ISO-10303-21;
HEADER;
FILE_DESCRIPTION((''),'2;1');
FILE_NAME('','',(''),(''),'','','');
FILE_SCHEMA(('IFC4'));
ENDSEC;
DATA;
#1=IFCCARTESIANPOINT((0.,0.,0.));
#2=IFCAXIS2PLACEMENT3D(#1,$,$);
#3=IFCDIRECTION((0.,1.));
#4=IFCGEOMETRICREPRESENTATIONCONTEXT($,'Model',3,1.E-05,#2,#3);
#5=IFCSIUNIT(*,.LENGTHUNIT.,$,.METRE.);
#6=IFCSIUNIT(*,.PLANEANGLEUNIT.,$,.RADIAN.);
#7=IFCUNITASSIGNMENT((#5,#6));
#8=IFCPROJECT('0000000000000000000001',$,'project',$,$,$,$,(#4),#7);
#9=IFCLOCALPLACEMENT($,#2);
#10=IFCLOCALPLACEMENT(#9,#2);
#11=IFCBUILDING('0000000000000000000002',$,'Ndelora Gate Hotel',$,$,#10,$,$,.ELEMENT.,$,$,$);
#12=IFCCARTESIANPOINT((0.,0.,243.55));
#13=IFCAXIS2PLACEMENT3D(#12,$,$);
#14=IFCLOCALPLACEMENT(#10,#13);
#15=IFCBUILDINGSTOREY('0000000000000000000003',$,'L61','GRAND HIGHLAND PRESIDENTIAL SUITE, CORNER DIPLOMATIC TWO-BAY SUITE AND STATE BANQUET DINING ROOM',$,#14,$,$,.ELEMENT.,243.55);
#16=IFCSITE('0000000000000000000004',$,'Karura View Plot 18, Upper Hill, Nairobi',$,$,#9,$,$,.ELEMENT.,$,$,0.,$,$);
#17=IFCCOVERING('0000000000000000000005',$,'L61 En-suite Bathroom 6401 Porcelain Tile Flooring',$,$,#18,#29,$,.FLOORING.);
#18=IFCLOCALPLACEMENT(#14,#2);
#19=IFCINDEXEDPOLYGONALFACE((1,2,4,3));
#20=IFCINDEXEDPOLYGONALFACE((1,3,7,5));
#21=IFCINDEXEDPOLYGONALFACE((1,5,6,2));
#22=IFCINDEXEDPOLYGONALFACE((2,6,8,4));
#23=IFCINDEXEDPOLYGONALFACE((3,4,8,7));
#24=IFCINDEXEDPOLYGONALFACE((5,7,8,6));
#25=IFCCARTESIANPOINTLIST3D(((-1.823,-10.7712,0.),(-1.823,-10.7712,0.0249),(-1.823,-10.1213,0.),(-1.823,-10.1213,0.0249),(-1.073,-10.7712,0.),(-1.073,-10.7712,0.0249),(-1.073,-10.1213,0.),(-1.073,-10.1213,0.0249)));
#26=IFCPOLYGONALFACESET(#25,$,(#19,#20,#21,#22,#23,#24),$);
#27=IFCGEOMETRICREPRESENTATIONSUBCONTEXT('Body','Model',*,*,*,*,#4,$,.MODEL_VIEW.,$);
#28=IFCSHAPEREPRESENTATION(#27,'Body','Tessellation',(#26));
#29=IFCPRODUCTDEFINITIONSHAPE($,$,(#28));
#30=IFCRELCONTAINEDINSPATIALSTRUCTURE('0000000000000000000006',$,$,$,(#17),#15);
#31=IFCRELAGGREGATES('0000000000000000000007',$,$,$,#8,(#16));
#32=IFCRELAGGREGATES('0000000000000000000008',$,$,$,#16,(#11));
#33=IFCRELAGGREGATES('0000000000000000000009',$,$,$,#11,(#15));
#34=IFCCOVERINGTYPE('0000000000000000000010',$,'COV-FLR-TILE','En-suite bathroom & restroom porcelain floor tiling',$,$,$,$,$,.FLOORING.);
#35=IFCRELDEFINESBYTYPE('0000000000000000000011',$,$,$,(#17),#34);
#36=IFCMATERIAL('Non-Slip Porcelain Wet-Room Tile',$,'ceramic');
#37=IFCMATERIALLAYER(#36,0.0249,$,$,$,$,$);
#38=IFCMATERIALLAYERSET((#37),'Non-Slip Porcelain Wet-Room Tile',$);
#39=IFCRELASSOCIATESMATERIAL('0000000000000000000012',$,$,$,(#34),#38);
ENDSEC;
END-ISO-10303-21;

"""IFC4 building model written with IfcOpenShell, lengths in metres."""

from ifc_helpers import new_model, si_unit, direction, frame, origin, origin_2d, place, context, subcontext, project, spatial, rectangle, extrude, material, layer, layer_set, type_object, element, save


model = new_model("IFC4")

# Units and contexts
model_context = context("Model", 3, precision=1e-05, world=origin(), true_north=direction((0.0, 1.0)))
body_context = subcontext(model_context, "Body", "Model", "MODEL_VIEW")
ifc_project = project(units=[si_unit("LENGTHUNIT", "METRE"), si_unit("PLANEANGLEUNIT", "RADIAN")], contexts=[model_context])

# Site, building, storey
site_placement = place(None, origin())
site = spatial("IfcSite", under=ifc_project, at=site_placement, Name="Karura View Plot 18, Upper Hill, Nairobi", CompositionType="ELEMENT", RefElevation=0.0)
building_placement = place(site_placement, origin())
building = spatial("IfcBuilding", under=site, at=building_placement, Name="Ndelora Gate Hotel", CompositionType="ELEMENT")
storey_placement = place(building_placement, frame((0.0, 0.0, 243.55)))
storey = spatial("IfcBuildingStorey", under=building, at=storey_placement, Name="L61", Description="GRAND HIGHLAND PRESIDENTIAL SUITE, CORNER DIPLOMATIC TWO-BAY SUITE AND STATE BANQUET DINING ROOM", CompositionType="ELEMENT", Elevation=243.55)

# Covering
ifc_material_1 = material(Name="Non-Slip Porcelain Wet-Room Tile", Category="ceramic")
ifc_layer_1 = layer(ifc_material_1, 0.0249)
ifc_layer_set_1 = layer_set([ifc_layer_1], Name="Non-Slip Porcelain Wet-Room Tile")
covering_type_1 = type_object("IfcCoveringType", Name="COV-FLR-TILE", Description="En-suite bathroom & restroom porcelain floor tiling", PredefinedType="FLOORING", material=ifc_layer_set_1)
covering_1_placement = place(storey_placement, frame((-1.448, -10.4463, 0.0), z_axis=(0.0, 0.0, 1.0), x_axis=(1.0, 0.0, 0.0)))
element("IfcCovering", 1, at=covering_1_placement, inside=storey, type_object=covering_type_1, Name="L61 En-suite Bathroom 6401 Porcelain Tile Flooring", PredefinedType="FLOORING", context=body_context, shape_type="SweptSolid", body=[
    extrude(rectangle(XDim=0.75, YDim=0.6499, at=origin_2d()), origin(), (0.0, 0.0, 1.0), 0.0249),
])

save(model, "model.ifc")
